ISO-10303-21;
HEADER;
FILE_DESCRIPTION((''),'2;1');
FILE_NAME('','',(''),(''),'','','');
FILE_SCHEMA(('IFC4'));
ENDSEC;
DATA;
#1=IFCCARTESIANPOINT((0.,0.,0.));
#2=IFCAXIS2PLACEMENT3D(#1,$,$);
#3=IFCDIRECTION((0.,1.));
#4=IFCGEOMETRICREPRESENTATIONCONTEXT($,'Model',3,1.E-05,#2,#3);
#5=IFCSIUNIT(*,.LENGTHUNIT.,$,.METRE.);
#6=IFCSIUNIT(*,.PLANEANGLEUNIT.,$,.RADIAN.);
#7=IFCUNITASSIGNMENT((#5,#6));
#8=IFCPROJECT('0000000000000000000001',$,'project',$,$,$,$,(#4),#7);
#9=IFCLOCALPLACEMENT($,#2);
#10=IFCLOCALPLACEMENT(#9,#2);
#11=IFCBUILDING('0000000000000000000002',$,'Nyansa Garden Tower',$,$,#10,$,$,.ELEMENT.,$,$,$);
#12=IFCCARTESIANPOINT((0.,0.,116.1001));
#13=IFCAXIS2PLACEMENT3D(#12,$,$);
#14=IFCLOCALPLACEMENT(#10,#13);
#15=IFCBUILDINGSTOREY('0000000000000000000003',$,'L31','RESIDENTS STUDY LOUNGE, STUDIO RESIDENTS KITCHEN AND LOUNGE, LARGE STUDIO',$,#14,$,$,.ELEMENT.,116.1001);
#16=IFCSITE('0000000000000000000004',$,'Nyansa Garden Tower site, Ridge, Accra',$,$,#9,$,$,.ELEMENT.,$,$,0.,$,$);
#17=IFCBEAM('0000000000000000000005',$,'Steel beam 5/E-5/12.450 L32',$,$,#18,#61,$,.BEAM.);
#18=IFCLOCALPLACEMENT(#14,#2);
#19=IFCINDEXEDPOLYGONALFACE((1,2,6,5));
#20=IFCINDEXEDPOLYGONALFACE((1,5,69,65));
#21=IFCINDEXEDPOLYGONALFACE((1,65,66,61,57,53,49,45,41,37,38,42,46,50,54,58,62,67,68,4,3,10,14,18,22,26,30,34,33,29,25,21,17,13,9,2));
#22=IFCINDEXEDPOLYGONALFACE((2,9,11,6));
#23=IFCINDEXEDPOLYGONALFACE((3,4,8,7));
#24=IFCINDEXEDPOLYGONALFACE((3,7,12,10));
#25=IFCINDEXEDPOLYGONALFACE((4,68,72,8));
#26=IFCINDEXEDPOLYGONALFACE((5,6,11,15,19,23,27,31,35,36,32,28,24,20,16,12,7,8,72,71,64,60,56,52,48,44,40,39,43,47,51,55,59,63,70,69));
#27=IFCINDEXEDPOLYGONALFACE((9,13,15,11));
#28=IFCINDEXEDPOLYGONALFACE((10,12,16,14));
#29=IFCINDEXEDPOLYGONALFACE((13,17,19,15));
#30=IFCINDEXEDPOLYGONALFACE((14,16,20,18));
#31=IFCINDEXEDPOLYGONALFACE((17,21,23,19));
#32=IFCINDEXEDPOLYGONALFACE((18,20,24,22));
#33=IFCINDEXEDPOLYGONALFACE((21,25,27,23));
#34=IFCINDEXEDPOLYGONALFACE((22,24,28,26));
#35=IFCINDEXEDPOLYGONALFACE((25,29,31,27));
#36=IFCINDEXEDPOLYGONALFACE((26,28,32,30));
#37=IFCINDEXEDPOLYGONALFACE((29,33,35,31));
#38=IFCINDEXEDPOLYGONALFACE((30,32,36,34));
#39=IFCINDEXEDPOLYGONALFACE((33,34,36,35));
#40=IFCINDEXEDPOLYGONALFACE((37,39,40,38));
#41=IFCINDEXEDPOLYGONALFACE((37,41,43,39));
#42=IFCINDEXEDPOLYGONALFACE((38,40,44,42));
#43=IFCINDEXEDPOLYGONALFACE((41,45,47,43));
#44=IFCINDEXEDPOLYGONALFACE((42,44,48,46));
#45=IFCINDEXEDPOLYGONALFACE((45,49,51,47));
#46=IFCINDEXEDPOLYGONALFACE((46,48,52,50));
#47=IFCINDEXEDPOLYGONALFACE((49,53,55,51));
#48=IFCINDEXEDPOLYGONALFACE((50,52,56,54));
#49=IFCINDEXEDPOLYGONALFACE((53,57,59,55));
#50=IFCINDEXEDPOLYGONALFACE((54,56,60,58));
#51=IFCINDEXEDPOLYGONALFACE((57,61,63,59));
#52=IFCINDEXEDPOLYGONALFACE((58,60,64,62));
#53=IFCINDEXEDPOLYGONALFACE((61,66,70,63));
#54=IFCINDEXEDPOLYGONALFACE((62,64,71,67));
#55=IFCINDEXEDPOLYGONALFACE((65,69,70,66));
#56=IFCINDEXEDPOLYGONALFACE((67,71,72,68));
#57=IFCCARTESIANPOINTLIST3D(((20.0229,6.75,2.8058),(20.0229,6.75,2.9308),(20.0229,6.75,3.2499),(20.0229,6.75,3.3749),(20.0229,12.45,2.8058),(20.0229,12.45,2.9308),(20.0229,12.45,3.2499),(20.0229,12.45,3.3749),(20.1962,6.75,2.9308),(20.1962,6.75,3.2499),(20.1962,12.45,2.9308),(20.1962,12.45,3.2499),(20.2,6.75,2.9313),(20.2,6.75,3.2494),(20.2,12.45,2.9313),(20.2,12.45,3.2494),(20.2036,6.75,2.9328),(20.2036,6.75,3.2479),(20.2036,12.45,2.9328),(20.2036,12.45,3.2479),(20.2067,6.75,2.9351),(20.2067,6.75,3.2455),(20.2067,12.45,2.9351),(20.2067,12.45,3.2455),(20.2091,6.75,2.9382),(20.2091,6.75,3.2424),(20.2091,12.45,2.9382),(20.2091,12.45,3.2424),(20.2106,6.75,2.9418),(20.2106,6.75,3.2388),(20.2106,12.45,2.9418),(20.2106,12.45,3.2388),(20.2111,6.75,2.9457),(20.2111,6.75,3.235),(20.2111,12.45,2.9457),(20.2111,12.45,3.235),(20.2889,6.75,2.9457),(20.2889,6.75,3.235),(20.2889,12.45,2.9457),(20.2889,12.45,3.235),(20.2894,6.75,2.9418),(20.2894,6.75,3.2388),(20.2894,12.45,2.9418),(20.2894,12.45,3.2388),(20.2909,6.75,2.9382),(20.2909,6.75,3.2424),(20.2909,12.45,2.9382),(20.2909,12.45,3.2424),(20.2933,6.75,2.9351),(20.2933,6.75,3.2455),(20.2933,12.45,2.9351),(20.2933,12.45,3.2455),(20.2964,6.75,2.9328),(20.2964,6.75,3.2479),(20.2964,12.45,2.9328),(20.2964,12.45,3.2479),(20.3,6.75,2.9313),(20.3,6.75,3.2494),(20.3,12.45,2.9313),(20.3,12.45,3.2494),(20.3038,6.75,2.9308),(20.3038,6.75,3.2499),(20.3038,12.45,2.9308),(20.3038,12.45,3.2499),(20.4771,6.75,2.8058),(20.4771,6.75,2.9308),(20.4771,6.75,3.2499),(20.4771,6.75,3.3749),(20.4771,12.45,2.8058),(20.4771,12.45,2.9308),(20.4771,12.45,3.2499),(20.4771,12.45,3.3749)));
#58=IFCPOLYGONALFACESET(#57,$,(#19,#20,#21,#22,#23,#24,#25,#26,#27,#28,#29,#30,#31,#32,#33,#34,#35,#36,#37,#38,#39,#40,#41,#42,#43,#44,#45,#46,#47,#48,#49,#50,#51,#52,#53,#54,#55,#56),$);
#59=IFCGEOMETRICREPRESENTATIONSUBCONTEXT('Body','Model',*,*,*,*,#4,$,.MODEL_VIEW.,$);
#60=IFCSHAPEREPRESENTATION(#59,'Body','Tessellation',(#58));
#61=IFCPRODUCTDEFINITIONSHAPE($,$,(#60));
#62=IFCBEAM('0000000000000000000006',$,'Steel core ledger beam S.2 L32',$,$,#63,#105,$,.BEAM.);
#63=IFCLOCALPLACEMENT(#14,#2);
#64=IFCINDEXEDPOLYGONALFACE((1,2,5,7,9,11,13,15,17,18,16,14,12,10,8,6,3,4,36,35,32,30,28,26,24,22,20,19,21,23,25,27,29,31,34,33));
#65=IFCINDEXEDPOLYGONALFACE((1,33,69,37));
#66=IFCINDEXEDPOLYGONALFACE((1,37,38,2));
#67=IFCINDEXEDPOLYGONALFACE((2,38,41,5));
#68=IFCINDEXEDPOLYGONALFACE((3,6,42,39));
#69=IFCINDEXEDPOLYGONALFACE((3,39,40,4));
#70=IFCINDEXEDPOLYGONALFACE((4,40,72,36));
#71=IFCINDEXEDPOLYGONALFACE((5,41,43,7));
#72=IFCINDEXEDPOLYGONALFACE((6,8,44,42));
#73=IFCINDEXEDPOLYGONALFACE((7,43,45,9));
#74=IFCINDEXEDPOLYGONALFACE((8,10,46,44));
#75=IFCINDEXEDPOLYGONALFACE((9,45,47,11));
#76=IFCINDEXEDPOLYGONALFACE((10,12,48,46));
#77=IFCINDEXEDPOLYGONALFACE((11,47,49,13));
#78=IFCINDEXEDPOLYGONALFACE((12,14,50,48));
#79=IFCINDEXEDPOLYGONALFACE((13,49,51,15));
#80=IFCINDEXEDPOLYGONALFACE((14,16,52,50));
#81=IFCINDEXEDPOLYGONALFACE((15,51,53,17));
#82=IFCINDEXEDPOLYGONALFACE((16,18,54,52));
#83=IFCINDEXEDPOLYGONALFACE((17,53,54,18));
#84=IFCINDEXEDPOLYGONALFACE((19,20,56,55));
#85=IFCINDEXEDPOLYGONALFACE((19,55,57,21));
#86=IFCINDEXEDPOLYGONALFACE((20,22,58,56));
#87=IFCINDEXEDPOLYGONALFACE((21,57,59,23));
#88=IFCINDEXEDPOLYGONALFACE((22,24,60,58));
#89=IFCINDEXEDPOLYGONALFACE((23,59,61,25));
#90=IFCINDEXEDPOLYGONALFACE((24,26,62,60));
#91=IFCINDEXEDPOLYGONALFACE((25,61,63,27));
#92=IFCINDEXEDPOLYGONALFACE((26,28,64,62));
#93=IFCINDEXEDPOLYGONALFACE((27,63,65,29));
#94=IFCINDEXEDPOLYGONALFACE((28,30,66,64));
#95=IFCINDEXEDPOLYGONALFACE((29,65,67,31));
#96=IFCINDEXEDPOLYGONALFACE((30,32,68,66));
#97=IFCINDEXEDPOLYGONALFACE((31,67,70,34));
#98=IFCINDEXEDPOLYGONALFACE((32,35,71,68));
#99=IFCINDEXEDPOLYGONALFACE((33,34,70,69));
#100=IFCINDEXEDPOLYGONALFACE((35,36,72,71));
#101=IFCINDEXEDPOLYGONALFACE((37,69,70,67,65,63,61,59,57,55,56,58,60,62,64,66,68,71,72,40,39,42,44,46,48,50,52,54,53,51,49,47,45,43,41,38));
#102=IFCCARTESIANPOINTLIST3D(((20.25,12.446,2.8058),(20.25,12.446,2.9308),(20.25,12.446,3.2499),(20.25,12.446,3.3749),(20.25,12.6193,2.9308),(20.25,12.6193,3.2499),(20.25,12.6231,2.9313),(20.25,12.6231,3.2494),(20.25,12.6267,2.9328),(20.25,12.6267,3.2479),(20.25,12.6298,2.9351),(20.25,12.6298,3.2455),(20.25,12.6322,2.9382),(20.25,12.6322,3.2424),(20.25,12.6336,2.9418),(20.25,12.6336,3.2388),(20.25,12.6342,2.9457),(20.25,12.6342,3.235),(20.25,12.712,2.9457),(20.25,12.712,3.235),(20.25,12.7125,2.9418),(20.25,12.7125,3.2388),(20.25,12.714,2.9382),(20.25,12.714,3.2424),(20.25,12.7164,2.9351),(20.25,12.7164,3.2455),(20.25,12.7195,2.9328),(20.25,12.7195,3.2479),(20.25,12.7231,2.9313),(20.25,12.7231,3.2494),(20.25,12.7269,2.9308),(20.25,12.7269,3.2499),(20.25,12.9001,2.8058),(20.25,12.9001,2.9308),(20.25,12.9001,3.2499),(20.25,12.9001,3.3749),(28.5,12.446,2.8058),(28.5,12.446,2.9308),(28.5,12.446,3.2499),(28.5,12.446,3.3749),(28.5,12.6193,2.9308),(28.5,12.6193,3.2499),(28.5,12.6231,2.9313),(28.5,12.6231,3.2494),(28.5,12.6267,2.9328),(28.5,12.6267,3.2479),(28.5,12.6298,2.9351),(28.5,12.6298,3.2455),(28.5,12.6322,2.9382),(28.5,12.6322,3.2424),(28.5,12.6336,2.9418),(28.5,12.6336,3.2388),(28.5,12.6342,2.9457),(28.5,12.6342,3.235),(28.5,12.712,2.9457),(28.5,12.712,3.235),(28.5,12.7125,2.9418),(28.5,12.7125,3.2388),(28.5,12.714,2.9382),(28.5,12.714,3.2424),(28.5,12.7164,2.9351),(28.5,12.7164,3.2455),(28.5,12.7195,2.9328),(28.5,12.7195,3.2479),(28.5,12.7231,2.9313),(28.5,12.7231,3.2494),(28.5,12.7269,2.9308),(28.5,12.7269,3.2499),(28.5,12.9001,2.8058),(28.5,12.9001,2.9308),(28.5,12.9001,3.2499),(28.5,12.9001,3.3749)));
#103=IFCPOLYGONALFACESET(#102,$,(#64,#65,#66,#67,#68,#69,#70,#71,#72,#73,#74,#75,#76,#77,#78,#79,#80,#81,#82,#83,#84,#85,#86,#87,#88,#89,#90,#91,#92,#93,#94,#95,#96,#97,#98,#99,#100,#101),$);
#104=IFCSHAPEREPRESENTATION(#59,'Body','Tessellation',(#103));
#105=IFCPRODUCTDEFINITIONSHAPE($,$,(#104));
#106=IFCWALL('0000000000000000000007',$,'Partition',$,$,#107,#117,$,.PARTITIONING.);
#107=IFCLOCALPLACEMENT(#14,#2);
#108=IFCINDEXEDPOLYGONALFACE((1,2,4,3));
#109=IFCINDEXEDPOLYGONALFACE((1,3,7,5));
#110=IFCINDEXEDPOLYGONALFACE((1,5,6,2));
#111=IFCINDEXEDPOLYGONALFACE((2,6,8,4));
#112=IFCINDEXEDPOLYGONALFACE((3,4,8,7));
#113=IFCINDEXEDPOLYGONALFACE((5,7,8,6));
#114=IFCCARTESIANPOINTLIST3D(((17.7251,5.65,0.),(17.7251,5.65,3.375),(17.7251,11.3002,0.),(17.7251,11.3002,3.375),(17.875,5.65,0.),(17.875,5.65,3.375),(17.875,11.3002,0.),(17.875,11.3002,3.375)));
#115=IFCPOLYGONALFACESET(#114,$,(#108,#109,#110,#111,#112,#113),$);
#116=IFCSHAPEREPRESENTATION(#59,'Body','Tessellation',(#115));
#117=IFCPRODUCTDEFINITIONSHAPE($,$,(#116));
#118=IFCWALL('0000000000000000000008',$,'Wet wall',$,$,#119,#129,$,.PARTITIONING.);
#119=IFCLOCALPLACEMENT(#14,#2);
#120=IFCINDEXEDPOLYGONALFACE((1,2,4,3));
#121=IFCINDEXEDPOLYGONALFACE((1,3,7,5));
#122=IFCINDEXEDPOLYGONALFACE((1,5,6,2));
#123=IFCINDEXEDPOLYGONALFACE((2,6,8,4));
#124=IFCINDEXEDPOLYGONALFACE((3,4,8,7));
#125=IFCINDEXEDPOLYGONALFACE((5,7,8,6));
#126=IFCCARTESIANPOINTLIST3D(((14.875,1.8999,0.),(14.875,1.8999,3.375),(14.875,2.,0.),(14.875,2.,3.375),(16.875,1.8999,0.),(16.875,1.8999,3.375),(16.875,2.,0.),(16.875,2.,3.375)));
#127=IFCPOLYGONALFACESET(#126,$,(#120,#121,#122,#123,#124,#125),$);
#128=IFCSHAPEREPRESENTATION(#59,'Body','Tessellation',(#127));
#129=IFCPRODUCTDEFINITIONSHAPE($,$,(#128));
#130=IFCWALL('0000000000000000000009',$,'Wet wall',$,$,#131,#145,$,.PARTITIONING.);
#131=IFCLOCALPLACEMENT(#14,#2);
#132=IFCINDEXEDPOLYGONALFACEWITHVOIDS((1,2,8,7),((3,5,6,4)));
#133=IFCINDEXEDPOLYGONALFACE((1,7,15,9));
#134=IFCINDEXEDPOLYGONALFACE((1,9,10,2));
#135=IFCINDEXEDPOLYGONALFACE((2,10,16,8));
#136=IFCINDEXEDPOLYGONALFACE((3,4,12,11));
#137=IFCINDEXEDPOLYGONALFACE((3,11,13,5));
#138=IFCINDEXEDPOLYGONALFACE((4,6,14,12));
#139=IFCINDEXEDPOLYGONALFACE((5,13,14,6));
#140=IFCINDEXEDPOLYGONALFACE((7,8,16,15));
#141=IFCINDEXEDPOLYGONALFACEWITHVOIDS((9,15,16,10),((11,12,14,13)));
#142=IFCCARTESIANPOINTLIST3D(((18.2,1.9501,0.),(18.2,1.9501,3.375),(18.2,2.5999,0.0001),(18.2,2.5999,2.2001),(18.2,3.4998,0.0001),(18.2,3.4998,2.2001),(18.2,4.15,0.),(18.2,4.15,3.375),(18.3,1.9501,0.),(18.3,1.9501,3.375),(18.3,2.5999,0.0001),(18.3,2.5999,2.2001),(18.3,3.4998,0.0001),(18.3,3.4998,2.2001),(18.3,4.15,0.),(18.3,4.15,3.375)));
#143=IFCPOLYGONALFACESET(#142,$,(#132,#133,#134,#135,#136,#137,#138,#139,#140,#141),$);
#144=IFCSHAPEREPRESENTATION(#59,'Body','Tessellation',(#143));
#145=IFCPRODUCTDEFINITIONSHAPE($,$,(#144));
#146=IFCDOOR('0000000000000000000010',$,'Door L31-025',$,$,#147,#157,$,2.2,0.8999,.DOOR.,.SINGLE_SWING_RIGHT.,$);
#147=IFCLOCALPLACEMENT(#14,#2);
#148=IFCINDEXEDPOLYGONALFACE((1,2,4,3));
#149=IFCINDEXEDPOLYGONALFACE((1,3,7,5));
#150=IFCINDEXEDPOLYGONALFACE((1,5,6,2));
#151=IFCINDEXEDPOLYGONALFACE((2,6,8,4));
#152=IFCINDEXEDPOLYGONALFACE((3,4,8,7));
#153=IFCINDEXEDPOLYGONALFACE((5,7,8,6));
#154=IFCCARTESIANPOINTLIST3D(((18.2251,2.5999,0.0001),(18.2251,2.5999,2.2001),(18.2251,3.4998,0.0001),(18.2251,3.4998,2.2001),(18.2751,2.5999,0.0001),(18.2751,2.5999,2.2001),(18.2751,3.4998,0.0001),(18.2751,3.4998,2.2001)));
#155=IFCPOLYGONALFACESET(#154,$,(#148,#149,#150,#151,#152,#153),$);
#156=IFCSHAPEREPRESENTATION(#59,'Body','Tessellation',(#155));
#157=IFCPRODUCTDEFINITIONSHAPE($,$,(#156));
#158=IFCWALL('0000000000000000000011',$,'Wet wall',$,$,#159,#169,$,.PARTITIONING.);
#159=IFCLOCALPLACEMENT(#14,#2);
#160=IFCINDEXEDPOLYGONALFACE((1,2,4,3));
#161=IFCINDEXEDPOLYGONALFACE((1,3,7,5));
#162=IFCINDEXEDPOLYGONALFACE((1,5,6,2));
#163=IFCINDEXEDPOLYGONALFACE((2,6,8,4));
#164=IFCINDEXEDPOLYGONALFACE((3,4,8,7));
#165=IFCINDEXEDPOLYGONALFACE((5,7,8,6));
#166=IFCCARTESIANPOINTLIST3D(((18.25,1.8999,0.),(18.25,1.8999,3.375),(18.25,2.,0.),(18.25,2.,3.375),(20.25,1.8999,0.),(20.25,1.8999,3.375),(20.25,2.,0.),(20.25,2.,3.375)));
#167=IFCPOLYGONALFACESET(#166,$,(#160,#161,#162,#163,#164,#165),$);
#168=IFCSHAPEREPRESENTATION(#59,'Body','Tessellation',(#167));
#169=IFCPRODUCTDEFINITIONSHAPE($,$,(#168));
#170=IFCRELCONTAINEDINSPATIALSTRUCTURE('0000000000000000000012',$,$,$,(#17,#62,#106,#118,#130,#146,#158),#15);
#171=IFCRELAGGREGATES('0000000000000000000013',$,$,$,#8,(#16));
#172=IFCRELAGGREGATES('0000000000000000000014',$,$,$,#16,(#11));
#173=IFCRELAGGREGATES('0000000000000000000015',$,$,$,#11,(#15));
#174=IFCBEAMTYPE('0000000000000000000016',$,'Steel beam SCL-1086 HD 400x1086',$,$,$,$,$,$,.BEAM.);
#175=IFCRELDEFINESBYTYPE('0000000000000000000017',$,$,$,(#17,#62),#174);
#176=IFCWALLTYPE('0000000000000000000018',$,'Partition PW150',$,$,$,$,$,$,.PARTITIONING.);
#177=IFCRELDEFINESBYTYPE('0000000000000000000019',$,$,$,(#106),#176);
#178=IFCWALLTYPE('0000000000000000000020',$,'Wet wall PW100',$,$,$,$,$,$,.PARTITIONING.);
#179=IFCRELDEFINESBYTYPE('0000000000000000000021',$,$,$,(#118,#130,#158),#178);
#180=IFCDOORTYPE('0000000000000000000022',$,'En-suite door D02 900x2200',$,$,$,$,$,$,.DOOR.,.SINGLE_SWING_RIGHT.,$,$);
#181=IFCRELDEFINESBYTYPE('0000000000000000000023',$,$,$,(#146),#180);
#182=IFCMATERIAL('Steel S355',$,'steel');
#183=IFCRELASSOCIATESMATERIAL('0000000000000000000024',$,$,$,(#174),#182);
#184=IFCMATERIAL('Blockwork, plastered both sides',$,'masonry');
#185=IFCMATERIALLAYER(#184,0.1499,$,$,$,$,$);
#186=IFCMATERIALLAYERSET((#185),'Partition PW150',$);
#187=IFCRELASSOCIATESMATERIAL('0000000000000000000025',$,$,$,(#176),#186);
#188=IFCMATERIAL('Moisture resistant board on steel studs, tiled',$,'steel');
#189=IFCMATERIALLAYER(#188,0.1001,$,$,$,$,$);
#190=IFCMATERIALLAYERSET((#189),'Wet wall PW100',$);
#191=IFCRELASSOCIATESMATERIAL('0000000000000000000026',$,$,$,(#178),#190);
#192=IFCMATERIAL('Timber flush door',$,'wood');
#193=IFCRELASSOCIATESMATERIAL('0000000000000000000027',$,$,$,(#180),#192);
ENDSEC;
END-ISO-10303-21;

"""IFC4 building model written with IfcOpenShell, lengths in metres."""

from ifc_helpers import new_model, si_unit, direction, frame, frame_2d, origin, origin_2d, place, context, subcontext, project, spatial, rectangle, i_section, extrude, material, layer, layer_set, material_profile, profile_set, type_object, element, fill, save


model = new_model("IFC4")

# Units and contexts
model_context = context("Model", 3, precision=1e-05, world=origin(), true_north=direction((0.0, 1.0)))
body_context = subcontext(model_context, "Body", "Model", "MODEL_VIEW")
ifc_project = project(units=[si_unit("LENGTHUNIT", "METRE"), si_unit("PLANEANGLEUNIT", "RADIAN")], contexts=[model_context])

# Site, building, storey
site_placement = place(None, origin())
site = spatial("IfcSite", under=ifc_project, at=site_placement, Name="Nyansa Garden Tower site, Ridge, Accra", CompositionType="ELEMENT", RefElevation=0.0)
building_placement = place(site_placement, origin())
building = spatial("IfcBuilding", under=site, at=building_placement, Name="Nyansa Garden Tower", CompositionType="ELEMENT")
storey_placement = place(building_placement, frame((0.0, 0.0, 116.1001)))
storey = spatial("IfcBuildingStorey", under=building, at=storey_placement, Name="L31", Description="RESIDENTS STUDY LOUNGE, STUDIO RESIDENTS KITCHEN AND LOUNGE, LARGE STUDIO", CompositionType="ELEMENT", Elevation=116.1001)

# Beams
ifc_material_1 = material(Name="Steel S355", Category="steel")
ifc_material_profile_1 = material_profile(ifc_material_1, i_section(OverallWidth=0.4541, OverallDepth=0.5691, WebThickness=0.0779, FlangeThickness=0.125, FilletRadius=0.0149, at=origin_2d()), Name="HD 400x1086")
ifc_profile_set_1 = profile_set([ifc_material_profile_1], Name="Steel S355")
beam_type_1 = type_object("IfcBeamType", Name="Steel beam SCL-1086 HD 400x1086", PredefinedType="BEAM", material=ifc_profile_set_1)
for number, where, z_axis, x_axis, name in (
    (1, (20.25, 6.75, 3.0903), (0.0, 1.0, 0.0), (-1.0, 0.0, 0.0), "Steel beam 5/E-5/12.450 L32"),
):
    element("IfcBeam", number, at=place(storey_placement, frame(where, z_axis=z_axis, x_axis=x_axis)), inside=storey, type_object=beam_type_1, Name=name, PredefinedType="BEAM", context=body_context, shape_type="SweptSolid", body=[
        extrude(i_section(OverallWidth=0.4541, OverallDepth=0.5691, WebThickness=0.0779, FlangeThickness=0.125, FilletRadius=0.0149, at=origin_2d()), origin(), (0.0, 0.0, 1.0), 5.7),
    ])
beam_placement = place(storey_placement, frame((20.25, 12.6731, 3.0903), z_axis=(1.0, 0.0, 0.0), x_axis=(0.0, 1.0, 0.0)))
element("IfcBeam", 2, at=beam_placement, inside=storey, type_object=beam_type_1, Name="Steel core ledger beam S.2 L32", PredefinedType="BEAM", context=body_context, shape_type="SweptSolid", body=[
    extrude(i_section(OverallWidth=0.4541, OverallDepth=0.5691, WebThickness=0.0779, FlangeThickness=0.125, FilletRadius=0.0149, at=origin_2d()), origin(), (0.0, 0.0, 1.0), 8.25),
])

# Walls
ifc_material_2 = material(Name="Blockwork, plastered both sides", Category="masonry")
ifc_layer_1 = layer(ifc_material_2, 0.1499)
ifc_layer_set_1 = layer_set([ifc_layer_1], Name="Partition PW150")
wall_type_1 = type_object("IfcWallType", Name="Partition PW150", PredefinedType="PARTITIONING", material=ifc_layer_set_1)
wall_1_placement = place(storey_placement, frame((17.8, 5.6499, 0.0), z_axis=(0.0, 0.0, 1.0), x_axis=(0.0, 1.0, 0.0)))
element("IfcWall", 3, at=wall_1_placement, inside=storey, type_object=wall_type_1, Name="Partition", PredefinedType="PARTITIONING", context=body_context, shape_type="SweptSolid", body=[
    extrude(rectangle(XDim=5.6501, YDim=0.1499, at=frame_2d((2.8252, 0.0))), origin(), (0.0, 0.0, 1.0), 3.375),
])
ifc_material_3 = material(Name="Moisture resistant board on steel studs, tiled", Category="steel")
ifc_layer_2 = layer(ifc_material_3, 0.1001)
ifc_layer_set_2 = layer_set([ifc_layer_2], Name="Wet wall PW100")
wall_type_2 = type_object("IfcWallType", Name="Wet wall PW100", PredefinedType="PARTITIONING", material=ifc_layer_set_2)
wall_2_placement = place(storey_placement, frame((14.875, 1.95, 0.0), z_axis=(0.0, 0.0, 1.0), x_axis=(1.0, 0.0, 0.0)))
element("IfcWall", 4, at=wall_2_placement, inside=storey, type_object=wall_type_2, Name="Wet wall", PredefinedType="PARTITIONING", context=body_context, shape_type="SweptSolid", body=[
    extrude(rectangle(XDim=2.0, YDim=0.1001, at=frame_2d((1.0, 0.0))), origin(), (0.0, 0.0, 1.0), 3.375),
])

# Wall, opening, door
wall_3_placement = place(storey_placement, frame((18.25, 1.95, 0.0), z_axis=(0.0, 0.0, 1.0), x_axis=(0.0, 1.0, 0.0)))
wall_3 = element("IfcWall", 5, at=wall_3_placement, inside=storey, type_object=wall_type_2, Name="Wet wall", PredefinedType="PARTITIONING", context=body_context, shape_type="SweptSolid", body=[
    extrude(rectangle(XDim=2.2, YDim=0.1001, at=frame_2d((1.1001, 0.0))), origin(), (0.0, 0.0, 1.0), 3.375),
])
opening_placement = place(wall_3_placement, frame((0.6499, 0.0, 0.0)))
opening = element("IfcOpeningElement", 6, at=opening_placement, cuts=wall_3, PredefinedType="OPENING", context=body_context, shape_type="SweptSolid", body=[
    extrude(rectangle(XDim=0.8999, YDim=2.2, at=frame_2d((0.45, 1.1001))), frame((0.0, 0.0601, 0.0), z_axis=(0.0, -1.0, 0.0), x_axis=(1.0, 0.0, 0.0)), (0.0, 0.0, 1.0), 0.1201),
])
ifc_material_4 = material(Name="Timber flush door", Category="wood")
door_type = type_object("IfcDoorType", Name="En-suite door D02 900x2200", OperationType="SINGLE_SWING_RIGHT", PredefinedType="DOOR", material=ifc_material_4)
door_placement = place(opening_placement, origin())
door = element("IfcDoor", 7, at=door_placement, inside=storey, type_object=door_type, Name="Door L31-025", OperationType="SINGLE_SWING_RIGHT", OverallHeight=2.2, OverallWidth=0.8999, PredefinedType="DOOR", context=body_context, shape_type="SweptSolid", body=[
    extrude(rectangle(XDim=0.8999, YDim=2.2, at=frame_2d((0.45, 1.1001))), frame((0.0, 0.0249, 0.0), z_axis=(0.0, -1.0, 0.0), x_axis=(1.0, 0.0, 0.0)), (0.0, 0.0, 1.0), 0.05),
])
fill(opening, door)

# Wall
wall_4_placement = place(storey_placement, frame((18.25, 1.95, 0.0), z_axis=(0.0, 0.0, 1.0), x_axis=(1.0, 0.0, 0.0)))
element("IfcWall", 8, at=wall_4_placement, inside=storey, type_object=wall_type_2, Name="Wet wall", PredefinedType="PARTITIONING", context=body_context, shape_type="SweptSolid", body=[
    extrude(rectangle(XDim=2.0, YDim=0.1001, at=frame_2d((1.0, 0.0))), origin(), (0.0, 0.0, 1.0), 3.375),
])

save(model, "model.ifc")
